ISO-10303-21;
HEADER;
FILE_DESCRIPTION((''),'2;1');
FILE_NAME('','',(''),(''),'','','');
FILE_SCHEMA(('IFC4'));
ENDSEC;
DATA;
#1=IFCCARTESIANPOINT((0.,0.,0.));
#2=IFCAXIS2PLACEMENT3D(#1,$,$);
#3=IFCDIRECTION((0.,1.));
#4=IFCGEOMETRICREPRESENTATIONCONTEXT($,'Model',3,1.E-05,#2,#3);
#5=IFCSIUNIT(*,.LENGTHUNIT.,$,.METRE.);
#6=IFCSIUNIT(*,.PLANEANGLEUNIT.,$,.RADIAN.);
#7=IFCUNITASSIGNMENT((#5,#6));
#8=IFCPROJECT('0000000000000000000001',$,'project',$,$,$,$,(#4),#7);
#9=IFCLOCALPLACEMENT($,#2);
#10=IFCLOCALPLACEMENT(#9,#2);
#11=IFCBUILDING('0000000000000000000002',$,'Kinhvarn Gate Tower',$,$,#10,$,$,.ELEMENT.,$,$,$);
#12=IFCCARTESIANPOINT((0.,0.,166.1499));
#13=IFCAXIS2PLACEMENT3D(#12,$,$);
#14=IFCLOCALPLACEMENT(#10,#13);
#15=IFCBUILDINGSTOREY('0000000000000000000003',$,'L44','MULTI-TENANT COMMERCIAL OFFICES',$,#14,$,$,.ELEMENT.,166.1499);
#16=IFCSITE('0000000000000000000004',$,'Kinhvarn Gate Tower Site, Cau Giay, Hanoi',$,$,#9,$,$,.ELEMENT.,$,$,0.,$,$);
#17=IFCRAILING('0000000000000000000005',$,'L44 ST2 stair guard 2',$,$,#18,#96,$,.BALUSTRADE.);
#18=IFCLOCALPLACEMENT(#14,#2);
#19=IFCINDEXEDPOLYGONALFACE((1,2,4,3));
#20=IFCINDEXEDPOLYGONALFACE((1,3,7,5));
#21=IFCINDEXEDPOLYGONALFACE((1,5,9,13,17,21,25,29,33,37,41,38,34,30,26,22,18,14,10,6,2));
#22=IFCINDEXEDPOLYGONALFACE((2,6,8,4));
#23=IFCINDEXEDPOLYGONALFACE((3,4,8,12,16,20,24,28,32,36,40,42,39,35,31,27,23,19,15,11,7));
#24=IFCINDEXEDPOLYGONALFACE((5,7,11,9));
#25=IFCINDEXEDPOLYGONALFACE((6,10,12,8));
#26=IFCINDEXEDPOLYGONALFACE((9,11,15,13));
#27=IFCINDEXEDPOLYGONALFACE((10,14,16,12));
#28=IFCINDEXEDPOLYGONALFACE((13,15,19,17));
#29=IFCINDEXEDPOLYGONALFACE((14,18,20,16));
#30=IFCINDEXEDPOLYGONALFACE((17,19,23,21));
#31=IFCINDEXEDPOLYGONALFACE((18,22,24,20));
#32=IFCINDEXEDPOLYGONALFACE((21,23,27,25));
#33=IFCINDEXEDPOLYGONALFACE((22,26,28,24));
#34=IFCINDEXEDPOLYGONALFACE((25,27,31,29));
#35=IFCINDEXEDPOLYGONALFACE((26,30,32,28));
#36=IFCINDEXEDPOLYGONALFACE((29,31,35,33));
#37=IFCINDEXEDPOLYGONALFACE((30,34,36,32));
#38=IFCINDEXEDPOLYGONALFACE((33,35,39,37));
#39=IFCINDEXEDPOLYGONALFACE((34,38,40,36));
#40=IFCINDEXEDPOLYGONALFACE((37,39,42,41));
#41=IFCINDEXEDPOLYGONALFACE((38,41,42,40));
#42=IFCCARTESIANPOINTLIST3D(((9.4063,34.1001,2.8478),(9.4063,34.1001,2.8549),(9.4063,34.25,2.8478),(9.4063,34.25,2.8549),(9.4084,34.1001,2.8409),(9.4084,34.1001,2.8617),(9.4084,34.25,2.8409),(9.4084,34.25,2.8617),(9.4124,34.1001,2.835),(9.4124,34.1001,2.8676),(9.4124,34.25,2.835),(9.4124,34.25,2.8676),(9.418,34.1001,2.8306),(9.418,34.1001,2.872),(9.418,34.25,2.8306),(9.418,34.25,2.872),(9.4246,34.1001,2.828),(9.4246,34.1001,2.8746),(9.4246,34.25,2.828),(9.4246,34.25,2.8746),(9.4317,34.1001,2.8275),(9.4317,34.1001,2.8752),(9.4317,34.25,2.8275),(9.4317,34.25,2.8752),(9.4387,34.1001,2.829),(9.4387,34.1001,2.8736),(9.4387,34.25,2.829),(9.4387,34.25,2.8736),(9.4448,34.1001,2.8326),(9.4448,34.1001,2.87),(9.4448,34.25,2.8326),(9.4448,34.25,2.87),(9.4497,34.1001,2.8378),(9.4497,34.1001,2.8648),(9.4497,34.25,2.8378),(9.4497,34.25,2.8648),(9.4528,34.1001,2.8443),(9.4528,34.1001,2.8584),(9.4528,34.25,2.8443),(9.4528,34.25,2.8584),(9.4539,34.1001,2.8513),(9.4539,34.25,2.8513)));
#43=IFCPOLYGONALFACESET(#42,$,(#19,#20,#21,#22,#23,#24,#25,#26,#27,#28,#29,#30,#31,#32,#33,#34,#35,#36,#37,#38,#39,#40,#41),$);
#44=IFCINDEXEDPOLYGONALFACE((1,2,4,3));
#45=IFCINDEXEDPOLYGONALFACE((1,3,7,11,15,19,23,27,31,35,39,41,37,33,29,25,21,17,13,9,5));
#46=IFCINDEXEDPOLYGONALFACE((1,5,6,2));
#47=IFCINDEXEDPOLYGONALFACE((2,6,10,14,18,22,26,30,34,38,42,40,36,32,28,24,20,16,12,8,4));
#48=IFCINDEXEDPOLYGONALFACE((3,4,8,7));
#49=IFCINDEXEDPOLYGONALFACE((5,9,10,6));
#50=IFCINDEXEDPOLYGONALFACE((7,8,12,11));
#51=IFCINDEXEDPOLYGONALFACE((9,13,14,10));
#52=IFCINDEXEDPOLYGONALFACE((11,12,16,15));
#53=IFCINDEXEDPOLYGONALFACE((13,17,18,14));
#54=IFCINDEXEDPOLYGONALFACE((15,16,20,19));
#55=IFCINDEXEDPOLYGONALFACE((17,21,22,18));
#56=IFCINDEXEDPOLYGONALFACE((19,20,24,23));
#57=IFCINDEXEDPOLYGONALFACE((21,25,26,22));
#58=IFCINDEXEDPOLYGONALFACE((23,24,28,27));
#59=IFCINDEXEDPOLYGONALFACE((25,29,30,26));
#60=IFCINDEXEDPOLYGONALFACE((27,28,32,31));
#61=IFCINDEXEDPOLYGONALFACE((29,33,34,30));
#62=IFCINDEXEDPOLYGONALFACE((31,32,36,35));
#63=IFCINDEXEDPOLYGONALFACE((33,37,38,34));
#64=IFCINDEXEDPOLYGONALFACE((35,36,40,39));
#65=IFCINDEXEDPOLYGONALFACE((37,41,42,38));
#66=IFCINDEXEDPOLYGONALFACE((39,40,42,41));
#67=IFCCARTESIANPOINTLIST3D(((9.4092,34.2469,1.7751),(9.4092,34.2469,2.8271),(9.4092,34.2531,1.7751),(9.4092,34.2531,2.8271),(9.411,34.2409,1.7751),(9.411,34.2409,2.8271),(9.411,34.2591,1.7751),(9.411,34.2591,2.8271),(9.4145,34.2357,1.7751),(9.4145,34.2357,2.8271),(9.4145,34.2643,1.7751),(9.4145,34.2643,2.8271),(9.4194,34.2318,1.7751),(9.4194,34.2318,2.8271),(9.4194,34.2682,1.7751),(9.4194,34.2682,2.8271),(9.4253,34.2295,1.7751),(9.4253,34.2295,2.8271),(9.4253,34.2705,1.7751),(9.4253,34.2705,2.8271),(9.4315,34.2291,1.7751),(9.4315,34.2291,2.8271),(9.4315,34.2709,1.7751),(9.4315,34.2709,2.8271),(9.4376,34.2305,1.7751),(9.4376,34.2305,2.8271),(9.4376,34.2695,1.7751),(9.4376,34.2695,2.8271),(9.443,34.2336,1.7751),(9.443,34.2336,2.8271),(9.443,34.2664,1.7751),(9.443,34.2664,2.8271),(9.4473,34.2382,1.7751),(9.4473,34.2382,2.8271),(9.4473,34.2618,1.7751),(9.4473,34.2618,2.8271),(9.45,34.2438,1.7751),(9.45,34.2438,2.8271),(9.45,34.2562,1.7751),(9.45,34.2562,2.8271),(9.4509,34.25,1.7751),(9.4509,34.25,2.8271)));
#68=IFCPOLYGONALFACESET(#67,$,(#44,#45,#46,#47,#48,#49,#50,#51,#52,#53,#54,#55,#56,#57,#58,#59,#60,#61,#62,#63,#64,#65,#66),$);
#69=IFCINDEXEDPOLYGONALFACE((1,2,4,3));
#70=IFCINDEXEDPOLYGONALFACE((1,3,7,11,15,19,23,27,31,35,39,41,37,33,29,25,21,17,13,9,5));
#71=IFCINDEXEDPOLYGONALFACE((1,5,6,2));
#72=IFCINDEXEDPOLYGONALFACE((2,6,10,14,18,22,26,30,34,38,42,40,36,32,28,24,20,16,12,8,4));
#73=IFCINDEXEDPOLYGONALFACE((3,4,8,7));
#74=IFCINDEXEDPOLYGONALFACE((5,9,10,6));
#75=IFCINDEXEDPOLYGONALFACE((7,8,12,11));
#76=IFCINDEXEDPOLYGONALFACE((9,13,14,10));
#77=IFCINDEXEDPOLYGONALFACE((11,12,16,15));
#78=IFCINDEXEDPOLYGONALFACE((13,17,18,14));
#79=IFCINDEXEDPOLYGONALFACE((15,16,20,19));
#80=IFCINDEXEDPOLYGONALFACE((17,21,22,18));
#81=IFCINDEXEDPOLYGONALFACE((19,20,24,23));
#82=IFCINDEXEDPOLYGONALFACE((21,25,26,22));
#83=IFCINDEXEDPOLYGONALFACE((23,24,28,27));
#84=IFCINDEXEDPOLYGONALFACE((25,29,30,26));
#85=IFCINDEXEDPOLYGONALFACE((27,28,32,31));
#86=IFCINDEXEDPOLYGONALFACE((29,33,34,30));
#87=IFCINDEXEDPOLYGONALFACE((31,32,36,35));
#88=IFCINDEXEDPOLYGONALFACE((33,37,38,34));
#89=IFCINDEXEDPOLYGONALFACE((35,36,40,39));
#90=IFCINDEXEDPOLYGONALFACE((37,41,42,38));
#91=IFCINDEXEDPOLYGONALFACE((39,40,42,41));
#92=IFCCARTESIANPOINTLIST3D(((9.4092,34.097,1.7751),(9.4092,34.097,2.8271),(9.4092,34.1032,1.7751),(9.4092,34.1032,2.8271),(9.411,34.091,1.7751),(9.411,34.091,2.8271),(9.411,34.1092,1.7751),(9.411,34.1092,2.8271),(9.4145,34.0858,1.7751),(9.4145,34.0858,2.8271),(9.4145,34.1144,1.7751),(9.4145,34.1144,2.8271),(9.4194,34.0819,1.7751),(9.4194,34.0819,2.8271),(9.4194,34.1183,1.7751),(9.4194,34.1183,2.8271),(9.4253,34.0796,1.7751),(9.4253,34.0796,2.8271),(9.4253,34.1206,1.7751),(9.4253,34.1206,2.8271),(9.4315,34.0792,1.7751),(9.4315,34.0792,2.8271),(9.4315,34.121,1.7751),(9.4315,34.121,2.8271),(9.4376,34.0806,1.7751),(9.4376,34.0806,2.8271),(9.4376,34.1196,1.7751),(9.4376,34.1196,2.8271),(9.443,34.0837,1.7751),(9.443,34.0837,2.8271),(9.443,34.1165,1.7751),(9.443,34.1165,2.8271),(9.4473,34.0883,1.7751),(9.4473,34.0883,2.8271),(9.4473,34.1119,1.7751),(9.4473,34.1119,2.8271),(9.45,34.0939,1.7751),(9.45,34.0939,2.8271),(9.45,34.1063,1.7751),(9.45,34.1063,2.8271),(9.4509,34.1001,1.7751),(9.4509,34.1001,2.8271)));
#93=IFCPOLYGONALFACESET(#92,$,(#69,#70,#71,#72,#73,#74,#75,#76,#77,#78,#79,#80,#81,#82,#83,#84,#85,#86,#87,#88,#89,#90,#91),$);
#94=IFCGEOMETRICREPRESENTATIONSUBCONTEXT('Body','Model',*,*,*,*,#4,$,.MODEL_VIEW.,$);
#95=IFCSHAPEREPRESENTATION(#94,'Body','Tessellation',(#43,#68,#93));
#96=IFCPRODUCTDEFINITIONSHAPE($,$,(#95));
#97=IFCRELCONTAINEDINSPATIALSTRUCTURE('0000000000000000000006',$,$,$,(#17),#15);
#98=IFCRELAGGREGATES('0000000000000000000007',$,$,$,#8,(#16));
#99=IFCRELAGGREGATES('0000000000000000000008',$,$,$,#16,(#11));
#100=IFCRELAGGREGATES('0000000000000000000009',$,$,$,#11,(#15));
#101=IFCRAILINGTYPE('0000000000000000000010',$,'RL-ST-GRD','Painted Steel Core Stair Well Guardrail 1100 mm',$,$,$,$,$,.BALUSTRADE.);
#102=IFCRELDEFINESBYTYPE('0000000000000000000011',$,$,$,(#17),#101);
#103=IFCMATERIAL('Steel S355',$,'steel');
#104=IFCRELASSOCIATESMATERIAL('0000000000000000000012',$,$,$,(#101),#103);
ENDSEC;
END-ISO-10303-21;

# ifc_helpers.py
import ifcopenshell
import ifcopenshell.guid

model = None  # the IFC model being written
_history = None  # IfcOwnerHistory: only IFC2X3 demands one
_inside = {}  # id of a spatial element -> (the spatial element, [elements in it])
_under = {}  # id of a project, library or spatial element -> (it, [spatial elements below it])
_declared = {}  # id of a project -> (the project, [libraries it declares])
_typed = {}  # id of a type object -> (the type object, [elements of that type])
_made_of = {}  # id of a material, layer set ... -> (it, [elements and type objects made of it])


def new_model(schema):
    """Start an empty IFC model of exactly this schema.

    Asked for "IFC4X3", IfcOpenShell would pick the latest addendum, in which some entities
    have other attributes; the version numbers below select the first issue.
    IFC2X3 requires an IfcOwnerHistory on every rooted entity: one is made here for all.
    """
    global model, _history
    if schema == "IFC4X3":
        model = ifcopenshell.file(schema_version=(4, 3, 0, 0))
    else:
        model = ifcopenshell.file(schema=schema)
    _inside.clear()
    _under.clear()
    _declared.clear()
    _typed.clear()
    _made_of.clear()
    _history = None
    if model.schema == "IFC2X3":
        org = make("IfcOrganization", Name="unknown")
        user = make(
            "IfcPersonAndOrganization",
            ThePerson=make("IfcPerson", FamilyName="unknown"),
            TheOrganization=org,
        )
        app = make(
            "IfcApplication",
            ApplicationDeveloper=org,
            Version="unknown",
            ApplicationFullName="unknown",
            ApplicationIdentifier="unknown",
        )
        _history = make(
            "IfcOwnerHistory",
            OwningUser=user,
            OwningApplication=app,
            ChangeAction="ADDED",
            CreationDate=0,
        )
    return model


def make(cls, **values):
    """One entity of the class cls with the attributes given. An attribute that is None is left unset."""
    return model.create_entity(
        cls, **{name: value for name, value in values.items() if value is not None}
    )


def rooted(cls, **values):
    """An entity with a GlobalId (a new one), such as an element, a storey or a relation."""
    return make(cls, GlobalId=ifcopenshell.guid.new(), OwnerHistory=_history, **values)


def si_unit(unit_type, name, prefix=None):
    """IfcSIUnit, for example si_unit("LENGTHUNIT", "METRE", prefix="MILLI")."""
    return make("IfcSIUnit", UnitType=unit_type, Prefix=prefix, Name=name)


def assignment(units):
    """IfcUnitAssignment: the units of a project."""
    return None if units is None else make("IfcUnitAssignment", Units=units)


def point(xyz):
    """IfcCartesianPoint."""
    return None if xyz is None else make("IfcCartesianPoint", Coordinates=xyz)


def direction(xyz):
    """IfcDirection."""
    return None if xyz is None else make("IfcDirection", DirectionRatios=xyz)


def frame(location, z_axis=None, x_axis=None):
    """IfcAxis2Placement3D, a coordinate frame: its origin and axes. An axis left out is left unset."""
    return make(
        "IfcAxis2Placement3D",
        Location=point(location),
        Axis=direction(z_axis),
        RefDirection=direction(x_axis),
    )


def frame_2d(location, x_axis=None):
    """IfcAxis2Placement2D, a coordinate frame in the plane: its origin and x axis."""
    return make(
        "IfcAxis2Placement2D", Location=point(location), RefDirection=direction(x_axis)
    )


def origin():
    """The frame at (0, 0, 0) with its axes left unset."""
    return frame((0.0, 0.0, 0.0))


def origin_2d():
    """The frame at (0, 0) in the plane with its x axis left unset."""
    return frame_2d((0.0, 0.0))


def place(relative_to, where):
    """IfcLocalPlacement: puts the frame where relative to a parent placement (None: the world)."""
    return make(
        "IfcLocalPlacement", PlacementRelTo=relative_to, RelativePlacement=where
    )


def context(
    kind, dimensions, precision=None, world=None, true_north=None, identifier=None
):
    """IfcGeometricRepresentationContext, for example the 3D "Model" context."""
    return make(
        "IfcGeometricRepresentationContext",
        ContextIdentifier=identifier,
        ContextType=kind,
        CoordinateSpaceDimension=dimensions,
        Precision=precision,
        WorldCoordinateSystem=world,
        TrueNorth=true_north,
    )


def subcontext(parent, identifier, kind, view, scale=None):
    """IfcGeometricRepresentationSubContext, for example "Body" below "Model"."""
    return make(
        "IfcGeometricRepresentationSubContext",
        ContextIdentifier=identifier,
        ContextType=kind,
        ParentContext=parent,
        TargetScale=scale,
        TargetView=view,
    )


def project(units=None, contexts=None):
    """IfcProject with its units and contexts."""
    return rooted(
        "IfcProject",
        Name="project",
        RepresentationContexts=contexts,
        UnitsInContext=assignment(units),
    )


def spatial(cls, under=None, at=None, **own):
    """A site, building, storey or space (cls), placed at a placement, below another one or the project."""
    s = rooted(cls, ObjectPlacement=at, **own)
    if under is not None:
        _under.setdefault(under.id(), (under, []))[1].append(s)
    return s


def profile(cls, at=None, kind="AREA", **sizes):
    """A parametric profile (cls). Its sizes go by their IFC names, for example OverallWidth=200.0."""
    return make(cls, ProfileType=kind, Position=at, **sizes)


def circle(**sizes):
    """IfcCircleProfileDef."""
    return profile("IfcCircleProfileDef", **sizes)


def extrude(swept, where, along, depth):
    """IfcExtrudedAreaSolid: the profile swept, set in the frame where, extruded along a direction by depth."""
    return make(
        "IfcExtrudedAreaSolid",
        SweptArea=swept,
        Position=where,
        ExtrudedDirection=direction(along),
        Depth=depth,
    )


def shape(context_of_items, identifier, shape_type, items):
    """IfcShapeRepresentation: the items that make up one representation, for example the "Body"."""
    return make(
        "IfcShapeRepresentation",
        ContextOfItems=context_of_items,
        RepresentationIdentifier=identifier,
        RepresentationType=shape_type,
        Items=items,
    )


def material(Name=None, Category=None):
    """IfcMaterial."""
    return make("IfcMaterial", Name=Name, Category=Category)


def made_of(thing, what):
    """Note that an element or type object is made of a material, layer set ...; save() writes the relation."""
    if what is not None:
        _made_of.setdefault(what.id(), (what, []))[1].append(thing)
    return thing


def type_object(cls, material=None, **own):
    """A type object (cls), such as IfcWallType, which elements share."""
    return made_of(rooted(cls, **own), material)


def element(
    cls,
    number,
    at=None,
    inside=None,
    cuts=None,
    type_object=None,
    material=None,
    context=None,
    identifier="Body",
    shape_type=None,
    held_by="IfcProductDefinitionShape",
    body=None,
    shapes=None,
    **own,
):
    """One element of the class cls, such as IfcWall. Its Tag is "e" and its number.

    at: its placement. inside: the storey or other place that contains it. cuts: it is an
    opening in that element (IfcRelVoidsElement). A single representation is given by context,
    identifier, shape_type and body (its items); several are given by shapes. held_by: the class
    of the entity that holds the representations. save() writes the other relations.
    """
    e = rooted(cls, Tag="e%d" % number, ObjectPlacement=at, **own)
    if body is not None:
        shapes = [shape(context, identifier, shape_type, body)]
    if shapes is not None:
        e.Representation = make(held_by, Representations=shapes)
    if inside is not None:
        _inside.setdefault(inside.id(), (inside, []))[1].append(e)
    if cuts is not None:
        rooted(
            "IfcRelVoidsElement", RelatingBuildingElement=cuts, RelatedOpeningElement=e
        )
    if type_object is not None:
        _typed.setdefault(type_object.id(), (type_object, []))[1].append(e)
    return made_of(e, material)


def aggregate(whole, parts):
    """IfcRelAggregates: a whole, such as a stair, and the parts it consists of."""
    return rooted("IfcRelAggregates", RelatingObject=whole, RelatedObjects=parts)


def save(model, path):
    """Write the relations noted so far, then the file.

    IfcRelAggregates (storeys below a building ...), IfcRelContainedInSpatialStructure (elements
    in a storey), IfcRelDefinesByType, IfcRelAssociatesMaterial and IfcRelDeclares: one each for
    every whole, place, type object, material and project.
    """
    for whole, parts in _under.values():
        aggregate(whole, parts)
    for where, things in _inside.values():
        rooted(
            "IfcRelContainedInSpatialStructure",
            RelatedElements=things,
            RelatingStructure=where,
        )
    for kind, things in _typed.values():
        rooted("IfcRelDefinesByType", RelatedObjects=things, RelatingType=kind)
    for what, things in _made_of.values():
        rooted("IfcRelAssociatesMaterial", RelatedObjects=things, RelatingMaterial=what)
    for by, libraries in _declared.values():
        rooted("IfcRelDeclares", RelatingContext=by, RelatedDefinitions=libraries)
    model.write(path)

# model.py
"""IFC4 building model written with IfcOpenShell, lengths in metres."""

from ifc_helpers import new_model, si_unit, direction, frame, origin, origin_2d, place, context, subcontext, project, spatial, circle, extrude, material, type_object, element, save


model = new_model("IFC4")

# Units and contexts
model_context = context("Model", 3, precision=1e-05, world=origin(), true_north=direction((0.0, 1.0)))
body_context = subcontext(model_context, "Body", "Model", "MODEL_VIEW")
ifc_project = project(units=[si_unit("LENGTHUNIT", "METRE"), si_unit("PLANEANGLEUNIT", "RADIAN")], contexts=[model_context])

# Site, building, storey
site_placement = place(None, origin())
site = spatial("IfcSite", under=ifc_project, at=site_placement, Name="Kinhvarn Gate Tower Site, Cau Giay, Hanoi", CompositionType="ELEMENT", RefElevation=0.0)
building_placement = place(site_placement, origin())
building = spatial("IfcBuilding", under=site, at=building_placement, Name="Kinhvarn Gate Tower", CompositionType="ELEMENT")
storey_placement = place(building_placement, frame((0.0, 0.0, 166.1499)))
storey = spatial("IfcBuildingStorey", under=building, at=storey_placement, Name="L44", Description="MULTI-TENANT COMMERCIAL OFFICES", CompositionType="ELEMENT", Elevation=166.1499)

# Shared definitions
ifc_material_1 = material(Name="Steel S355", Category="steel")

# Railing
railing_type_1 = type_object("IfcRailingType", Name="RL-ST-GRD", Description="Painted Steel Core Stair Well Guardrail 1100 mm", PredefinedType="BALUSTRADE", material=ifc_material_1)
railing_1_placement = place(storey_placement, frame((9.4299, 34.25, 1.7751)))
element("IfcRailing", 1, at=railing_1_placement, inside=storey, type_object=railing_type_1, Name="L44 ST2 stair guard 2", PredefinedType="BALUSTRADE", context=body_context, shape_type="SweptSolid", body=[
    extrude(circle(Radius=0.0239, at=origin_2d()), frame((0.0, 0.0, 1.0762), z_axis=(0.0, -1.0, 0.0), x_axis=(1.0, 0.0, 0.0)), (0.0, 0.0, 1.0), 0.1499),
    extrude(circle(Radius=0.021, at=origin_2d()), origin(), (0.0, 0.0, 1.0), 1.052),
    extrude(circle(Radius=0.021, at=origin_2d()), frame((0.0, -0.1499, 0.0)), (0.0, 0.0, 1.0), 1.052),
])

save(model, "model.ifc")
